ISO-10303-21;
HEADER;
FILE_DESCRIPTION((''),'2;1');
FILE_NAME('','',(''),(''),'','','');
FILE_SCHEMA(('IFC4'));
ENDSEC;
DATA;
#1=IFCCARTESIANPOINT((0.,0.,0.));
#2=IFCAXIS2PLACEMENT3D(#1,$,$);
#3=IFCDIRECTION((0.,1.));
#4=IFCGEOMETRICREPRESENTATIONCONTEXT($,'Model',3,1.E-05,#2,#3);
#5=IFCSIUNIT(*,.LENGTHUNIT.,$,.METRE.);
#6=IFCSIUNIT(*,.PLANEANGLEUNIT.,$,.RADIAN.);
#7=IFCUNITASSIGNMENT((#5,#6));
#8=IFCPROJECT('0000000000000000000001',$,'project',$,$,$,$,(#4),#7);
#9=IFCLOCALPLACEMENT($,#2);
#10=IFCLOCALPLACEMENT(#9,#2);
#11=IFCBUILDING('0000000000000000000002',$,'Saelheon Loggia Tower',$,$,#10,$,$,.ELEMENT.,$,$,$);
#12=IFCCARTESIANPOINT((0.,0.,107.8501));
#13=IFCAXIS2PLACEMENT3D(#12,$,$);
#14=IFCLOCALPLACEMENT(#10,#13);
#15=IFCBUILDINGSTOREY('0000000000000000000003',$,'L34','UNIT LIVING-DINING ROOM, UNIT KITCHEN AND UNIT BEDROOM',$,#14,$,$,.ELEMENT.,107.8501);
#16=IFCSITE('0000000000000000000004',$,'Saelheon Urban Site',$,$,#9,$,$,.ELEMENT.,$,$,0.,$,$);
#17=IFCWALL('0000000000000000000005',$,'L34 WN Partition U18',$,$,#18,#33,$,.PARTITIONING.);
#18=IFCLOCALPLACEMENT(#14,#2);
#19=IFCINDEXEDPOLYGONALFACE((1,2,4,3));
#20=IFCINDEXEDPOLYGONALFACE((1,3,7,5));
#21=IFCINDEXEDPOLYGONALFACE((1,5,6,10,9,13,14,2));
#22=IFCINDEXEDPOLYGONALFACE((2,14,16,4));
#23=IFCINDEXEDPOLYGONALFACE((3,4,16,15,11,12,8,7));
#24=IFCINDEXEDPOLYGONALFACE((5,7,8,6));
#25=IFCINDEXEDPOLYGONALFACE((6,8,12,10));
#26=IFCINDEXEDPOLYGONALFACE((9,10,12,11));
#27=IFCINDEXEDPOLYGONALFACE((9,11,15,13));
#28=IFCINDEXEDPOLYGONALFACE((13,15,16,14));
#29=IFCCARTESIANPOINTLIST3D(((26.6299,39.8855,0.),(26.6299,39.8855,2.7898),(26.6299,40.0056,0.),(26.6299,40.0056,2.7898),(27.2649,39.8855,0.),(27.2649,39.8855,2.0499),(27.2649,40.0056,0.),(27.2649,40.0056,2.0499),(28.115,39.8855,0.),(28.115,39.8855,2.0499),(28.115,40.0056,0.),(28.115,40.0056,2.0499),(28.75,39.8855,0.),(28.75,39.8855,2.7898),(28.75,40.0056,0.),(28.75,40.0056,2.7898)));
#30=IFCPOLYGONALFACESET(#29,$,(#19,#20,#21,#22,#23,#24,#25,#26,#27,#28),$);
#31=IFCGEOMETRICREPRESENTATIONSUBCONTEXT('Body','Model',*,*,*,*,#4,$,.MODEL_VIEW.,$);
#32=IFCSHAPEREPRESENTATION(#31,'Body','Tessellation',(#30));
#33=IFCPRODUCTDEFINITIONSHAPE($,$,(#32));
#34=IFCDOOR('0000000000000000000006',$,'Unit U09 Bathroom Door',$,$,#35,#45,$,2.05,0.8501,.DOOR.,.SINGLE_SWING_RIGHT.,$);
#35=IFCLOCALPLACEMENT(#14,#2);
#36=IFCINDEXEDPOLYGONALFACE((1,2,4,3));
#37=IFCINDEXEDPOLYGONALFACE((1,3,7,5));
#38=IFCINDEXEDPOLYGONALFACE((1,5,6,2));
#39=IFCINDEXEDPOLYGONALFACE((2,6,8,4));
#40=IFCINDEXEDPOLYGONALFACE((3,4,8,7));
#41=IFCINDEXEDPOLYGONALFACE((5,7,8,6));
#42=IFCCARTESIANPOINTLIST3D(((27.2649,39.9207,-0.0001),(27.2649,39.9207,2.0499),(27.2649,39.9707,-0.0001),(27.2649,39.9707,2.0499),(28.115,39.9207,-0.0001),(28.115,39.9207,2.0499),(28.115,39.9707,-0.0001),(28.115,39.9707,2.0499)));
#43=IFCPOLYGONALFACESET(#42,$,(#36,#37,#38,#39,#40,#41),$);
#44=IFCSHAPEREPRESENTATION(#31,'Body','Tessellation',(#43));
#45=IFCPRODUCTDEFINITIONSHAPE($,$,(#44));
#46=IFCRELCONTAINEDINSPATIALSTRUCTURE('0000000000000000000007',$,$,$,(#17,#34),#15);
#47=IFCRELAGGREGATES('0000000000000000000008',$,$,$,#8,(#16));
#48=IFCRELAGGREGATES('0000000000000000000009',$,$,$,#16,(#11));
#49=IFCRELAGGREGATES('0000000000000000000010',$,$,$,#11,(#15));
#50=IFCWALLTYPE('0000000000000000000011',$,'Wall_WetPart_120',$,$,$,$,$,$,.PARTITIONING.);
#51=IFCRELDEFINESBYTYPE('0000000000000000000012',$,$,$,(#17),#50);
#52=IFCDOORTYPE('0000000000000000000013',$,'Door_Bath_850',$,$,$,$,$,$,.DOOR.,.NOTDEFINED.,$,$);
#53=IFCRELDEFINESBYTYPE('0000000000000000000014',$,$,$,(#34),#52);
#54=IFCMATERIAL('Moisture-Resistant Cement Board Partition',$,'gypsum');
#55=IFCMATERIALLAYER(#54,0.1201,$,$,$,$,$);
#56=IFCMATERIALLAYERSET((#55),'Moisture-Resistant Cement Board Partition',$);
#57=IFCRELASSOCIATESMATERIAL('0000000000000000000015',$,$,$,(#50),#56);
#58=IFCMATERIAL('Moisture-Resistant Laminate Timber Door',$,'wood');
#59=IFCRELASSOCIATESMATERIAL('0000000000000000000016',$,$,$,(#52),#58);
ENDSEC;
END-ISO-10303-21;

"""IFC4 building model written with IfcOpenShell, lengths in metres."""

from ifc_helpers import new_model, si_unit, direction, frame, frame_2d, origin, place, context, subcontext, project, spatial, rectangle, extrude, source, transform, mapped, material, layer, layer_set, type_object, element, fill, save


model = new_model("IFC4")

# Units and contexts
model_context = context("Model", 3, precision=1e-05, world=origin(), true_north=direction((0.0, 1.0)))
body_context = subcontext(model_context, "Body", "Model", "MODEL_VIEW")
ifc_project = project(units=[si_unit("LENGTHUNIT", "METRE"), si_unit("PLANEANGLEUNIT", "RADIAN")], contexts=[model_context])

# Site, building, storey
site_placement = place(None, origin())
site = spatial("IfcSite", under=ifc_project, at=site_placement, Name="Saelheon Urban Site", CompositionType="ELEMENT", RefElevation=0.0)
building_placement = place(site_placement, origin())
building = spatial("IfcBuilding", under=site, at=building_placement, Name="Saelheon Loggia Tower", CompositionType="ELEMENT")
storey_placement = place(building_placement, frame((0.0, 0.0, 107.8501)))
storey = spatial("IfcBuildingStorey", under=building, at=storey_placement, Name="L34", Description="UNIT LIVING-DINING ROOM, UNIT KITCHEN AND UNIT BEDROOM", CompositionType="ELEMENT", Elevation=107.8501)

# Shared definitions
ifc_material_1 = material(Name="Moisture-Resistant Cement Board Partition", Category="gypsum")
ifc_layer_1 = layer(ifc_material_1, 0.1201)
ifc_layer_set_1 = layer_set([ifc_layer_1], Name="Moisture-Resistant Cement Board Partition")
wall_type_1 = type_object("IfcWallType", Name="Wall_WetPart_120", PredefinedType="PARTITIONING", material=ifc_layer_set_1)

# Wall, opening, door
wall_1_placement = place(storey_placement, frame((28.75, 39.9456, 0.0), z_axis=(0.0, 0.0, 1.0), x_axis=(-1.0, 0.0, 0.0)))
wall_1 = element("IfcWall", 1, at=wall_1_placement, inside=storey, type_object=wall_type_1, Name="L34 WN Partition U18", PredefinedType="PARTITIONING", context=body_context, shape_type="SweptSolid", body=[
    extrude(rectangle(XDim=2.1201, YDim=0.1201, at=frame_2d((1.0601, 0.0))), origin(), (0.0, 0.0, 1.0), 2.7898),
])
opening_1_placement = place(wall_1_placement, frame((0.635, 0.0, 0.0)))
opening_1 = element("IfcOpeningElement", 2, at=opening_1_placement, cuts=wall_1, PredefinedType="OPENING", context=body_context, shape_type="SweptSolid", body=[
    extrude(rectangle(XDim=0.8501, YDim=2.05, at=frame_2d((0.425, 1.0249))), frame((0.0, 0.072, 0.0), z_axis=(0.0, -1.0, 0.0), x_axis=(1.0, 0.0, 0.0)), (0.0, 0.0, 1.0), 0.144),
])
ifc_material_2 = material(Name="Moisture-Resistant Laminate Timber Door", Category="wood")
door_type_1 = type_object("IfcDoorType", Name="Door_Bath_850", OperationType="NOTDEFINED", PredefinedType="DOOR", material=ifc_material_2)
shared_shape_1 = source(origin(), body_context, "Body", "SweptSolid", [
    extrude(rectangle(XDim=0.8501, YDim=2.05, at=frame_2d((0.425, 1.0249))), frame((0.0, 0.0249, 0.0), z_axis=(0.0, -1.0, 0.0), x_axis=(1.0, 0.0, 0.0)), (0.0, 0.0, 1.0), 0.05),
])
door_1_placement = place(opening_1_placement, origin())
door_1 = element("IfcDoor", 3, at=door_1_placement, inside=storey, type_object=door_type_1, Name="Unit U09 Bathroom Door", OperationType="SINGLE_SWING_RIGHT", OverallHeight=2.05, OverallWidth=0.8501, PredefinedType="DOOR", context=body_context, shape_type="MappedRepresentation", body=[
    mapped(shared_shape_1, transform((0.0, 0.0, 0.0), scale=1.0)),
])
fill(opening_1, door_1)

save(model, "model.ifc")
